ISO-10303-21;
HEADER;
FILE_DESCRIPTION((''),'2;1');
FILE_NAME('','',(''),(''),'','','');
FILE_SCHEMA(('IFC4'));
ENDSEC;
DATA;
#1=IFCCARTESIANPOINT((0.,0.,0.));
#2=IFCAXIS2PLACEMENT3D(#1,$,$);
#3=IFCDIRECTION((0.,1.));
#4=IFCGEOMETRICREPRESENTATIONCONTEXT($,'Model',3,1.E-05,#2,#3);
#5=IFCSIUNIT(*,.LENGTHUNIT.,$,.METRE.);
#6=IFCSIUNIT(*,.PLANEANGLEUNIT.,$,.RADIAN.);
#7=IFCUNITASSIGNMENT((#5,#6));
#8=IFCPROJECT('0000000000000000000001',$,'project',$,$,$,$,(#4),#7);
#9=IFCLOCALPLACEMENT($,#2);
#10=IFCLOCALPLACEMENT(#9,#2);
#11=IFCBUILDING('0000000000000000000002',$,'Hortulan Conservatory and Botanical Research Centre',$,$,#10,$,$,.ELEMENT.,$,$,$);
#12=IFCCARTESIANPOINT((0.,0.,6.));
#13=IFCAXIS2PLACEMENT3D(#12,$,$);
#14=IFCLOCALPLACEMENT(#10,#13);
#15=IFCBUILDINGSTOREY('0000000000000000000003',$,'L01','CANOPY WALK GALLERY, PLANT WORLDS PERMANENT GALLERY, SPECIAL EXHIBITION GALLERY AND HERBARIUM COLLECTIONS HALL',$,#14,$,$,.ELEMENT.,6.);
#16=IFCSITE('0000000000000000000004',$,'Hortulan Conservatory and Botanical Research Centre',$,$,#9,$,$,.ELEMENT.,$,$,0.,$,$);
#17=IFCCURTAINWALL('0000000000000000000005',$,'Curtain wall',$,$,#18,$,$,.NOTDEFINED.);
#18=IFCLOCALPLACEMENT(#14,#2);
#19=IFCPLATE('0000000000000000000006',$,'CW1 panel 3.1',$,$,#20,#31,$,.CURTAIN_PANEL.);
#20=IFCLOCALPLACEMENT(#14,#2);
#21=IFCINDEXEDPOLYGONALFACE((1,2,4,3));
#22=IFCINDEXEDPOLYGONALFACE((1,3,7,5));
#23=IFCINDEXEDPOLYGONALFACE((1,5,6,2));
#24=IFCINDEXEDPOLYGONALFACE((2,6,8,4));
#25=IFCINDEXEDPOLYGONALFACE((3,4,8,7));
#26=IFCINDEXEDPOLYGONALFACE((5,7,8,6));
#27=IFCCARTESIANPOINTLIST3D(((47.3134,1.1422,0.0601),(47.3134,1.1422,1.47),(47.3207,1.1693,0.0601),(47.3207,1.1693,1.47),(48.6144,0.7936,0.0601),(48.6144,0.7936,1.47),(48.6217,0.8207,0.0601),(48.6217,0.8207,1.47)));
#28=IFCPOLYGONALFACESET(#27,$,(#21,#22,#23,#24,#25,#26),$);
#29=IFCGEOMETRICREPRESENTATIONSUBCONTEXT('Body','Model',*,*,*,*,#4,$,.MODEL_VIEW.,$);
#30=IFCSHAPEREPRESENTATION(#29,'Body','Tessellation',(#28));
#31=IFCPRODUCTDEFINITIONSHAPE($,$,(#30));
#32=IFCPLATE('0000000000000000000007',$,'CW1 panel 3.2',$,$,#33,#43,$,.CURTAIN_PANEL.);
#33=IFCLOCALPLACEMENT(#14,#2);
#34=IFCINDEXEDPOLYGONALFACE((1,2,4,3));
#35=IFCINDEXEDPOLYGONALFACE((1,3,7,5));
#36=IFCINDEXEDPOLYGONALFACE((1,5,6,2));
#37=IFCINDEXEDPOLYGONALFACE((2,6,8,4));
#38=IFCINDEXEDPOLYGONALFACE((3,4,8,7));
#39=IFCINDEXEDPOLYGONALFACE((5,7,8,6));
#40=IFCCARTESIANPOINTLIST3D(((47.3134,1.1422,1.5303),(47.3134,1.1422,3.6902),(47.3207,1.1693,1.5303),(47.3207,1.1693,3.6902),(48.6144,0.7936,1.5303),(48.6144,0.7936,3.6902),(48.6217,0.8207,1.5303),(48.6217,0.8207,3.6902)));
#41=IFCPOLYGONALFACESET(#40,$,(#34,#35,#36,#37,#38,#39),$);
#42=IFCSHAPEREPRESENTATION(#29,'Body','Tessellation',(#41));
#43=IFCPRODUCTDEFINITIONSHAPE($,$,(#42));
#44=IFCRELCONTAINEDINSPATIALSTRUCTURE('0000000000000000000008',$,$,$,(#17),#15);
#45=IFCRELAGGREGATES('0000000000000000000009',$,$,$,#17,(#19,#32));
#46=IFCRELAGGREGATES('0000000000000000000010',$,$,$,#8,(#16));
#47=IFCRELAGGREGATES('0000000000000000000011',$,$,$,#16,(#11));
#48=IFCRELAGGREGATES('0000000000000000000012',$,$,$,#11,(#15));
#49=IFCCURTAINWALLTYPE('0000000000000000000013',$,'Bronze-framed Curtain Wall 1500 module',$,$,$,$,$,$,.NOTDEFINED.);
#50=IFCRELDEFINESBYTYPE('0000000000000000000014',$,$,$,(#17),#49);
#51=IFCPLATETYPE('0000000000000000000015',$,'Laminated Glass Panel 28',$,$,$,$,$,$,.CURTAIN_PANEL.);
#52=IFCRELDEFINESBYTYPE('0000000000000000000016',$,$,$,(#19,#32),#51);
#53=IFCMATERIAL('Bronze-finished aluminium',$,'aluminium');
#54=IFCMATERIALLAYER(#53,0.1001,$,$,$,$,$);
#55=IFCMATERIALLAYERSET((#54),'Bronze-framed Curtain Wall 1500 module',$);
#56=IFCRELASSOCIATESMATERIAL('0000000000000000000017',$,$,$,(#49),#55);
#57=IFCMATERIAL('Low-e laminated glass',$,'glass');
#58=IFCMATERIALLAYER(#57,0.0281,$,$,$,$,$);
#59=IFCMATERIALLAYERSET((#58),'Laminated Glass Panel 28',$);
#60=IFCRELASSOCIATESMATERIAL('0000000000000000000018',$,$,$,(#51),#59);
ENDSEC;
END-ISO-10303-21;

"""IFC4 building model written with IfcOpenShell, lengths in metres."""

from ifc_helpers import new_model, si_unit, direction, frame, origin, origin_2d, place, context, subcontext, project, spatial, rectangle, extrude, material, layer, layer_set, type_object, element, aggregate, save


model = new_model("IFC4")

# Units and contexts
model_context = context("Model", 3, precision=1e-05, world=origin(), true_north=direction((0.0, 1.0)))
body_context = subcontext(model_context, "Body", "Model", "MODEL_VIEW")
ifc_project = project(units=[si_unit("LENGTHUNIT", "METRE"), si_unit("PLANEANGLEUNIT", "RADIAN")], contexts=[model_context])

# Site, building, storey
site_placement = place(None, origin())
site = spatial("IfcSite", under=ifc_project, at=site_placement, Name="Hortulan Conservatory and Botanical Research Centre", CompositionType="ELEMENT", RefElevation=0.0)
building_placement = place(site_placement, origin())
building = spatial("IfcBuilding", under=site, at=building_placement, Name="Hortulan Conservatory and Botanical Research Centre", CompositionType="ELEMENT")
storey_placement = place(building_placement, frame((0.0, 0.0, 6.0)))
storey = spatial("IfcBuildingStorey", under=building, at=storey_placement, Name="L01", Description="CANOPY WALK GALLERY, PLANT WORLDS PERMANENT GALLERY, SPECIAL EXHIBITION GALLERY AND HERBARIUM COLLECTIONS HALL", CompositionType="ELEMENT", Elevation=6.0)

# Curtain wall
ifc_material_1 = material(Name="Bronze-finished aluminium", Category="aluminium")
ifc_layer_1 = layer(ifc_material_1, 0.1001)
ifc_layer_set_1 = layer_set([ifc_layer_1], Name="Bronze-framed Curtain Wall 1500 module")
curtain_wall_type = type_object("IfcCurtainWallType", Name="Bronze-framed Curtain Wall 1500 module", PredefinedType="NOTDEFINED", material=ifc_layer_set_1)
curtain_wall_1_placement = place(storey_placement, origin())
curtain_wall_1 = element("IfcCurtainWall", 1, at=curtain_wall_1_placement, inside=storey, type_object=curtain_wall_type, Name="Curtain wall", PredefinedType="NOTDEFINED")

# Plates
ifc_material_2 = material(Name="Low-e laminated glass", Category="glass")
ifc_layer_2 = layer(ifc_material_2, 0.0281)
ifc_layer_set_2 = layer_set([ifc_layer_2], Name="Laminated Glass Panel 28")
plate_type = type_object("IfcPlateType", Name="Laminated Glass Panel 28", PredefinedType="CURTAIN_PANEL", material=ifc_layer_set_2)
plate_1_placement = place(storey_placement, frame((47.9675, 0.9814, 0.0601), z_axis=(0.0, 0.0, 1.0), x_axis=(-0.965922, 0.258832, 0.0)))
plate_1 = element("IfcPlate", 2, at=plate_1_placement, type_object=plate_type, Name="CW1 panel 3.1", PredefinedType="CURTAIN_PANEL", context=body_context, shape_type="SweptSolid", body=[
    extrude(rectangle(XDim=1.3469, YDim=0.0281, at=origin_2d()), origin(), (0.0, 0.0, 1.0), 1.4099),
])
plate_2_placement = place(storey_placement, frame((47.9675, 0.9814, 1.5303), z_axis=(0.0, 0.0, 1.0), x_axis=(-0.965922, 0.258832, 0.0)))
plate_2 = element("IfcPlate", 3, at=plate_2_placement, type_object=plate_type, Name="CW1 panel 3.2", PredefinedType="CURTAIN_PANEL", context=body_context, shape_type="SweptSolid", body=[
    extrude(rectangle(XDim=1.3469, YDim=0.0281, at=origin_2d()), origin(), (0.0, 0.0, 1.0), 2.1599),
])
aggregate(curtain_wall_1, [plate_1, plate_2])

save(model, "model.ifc")
